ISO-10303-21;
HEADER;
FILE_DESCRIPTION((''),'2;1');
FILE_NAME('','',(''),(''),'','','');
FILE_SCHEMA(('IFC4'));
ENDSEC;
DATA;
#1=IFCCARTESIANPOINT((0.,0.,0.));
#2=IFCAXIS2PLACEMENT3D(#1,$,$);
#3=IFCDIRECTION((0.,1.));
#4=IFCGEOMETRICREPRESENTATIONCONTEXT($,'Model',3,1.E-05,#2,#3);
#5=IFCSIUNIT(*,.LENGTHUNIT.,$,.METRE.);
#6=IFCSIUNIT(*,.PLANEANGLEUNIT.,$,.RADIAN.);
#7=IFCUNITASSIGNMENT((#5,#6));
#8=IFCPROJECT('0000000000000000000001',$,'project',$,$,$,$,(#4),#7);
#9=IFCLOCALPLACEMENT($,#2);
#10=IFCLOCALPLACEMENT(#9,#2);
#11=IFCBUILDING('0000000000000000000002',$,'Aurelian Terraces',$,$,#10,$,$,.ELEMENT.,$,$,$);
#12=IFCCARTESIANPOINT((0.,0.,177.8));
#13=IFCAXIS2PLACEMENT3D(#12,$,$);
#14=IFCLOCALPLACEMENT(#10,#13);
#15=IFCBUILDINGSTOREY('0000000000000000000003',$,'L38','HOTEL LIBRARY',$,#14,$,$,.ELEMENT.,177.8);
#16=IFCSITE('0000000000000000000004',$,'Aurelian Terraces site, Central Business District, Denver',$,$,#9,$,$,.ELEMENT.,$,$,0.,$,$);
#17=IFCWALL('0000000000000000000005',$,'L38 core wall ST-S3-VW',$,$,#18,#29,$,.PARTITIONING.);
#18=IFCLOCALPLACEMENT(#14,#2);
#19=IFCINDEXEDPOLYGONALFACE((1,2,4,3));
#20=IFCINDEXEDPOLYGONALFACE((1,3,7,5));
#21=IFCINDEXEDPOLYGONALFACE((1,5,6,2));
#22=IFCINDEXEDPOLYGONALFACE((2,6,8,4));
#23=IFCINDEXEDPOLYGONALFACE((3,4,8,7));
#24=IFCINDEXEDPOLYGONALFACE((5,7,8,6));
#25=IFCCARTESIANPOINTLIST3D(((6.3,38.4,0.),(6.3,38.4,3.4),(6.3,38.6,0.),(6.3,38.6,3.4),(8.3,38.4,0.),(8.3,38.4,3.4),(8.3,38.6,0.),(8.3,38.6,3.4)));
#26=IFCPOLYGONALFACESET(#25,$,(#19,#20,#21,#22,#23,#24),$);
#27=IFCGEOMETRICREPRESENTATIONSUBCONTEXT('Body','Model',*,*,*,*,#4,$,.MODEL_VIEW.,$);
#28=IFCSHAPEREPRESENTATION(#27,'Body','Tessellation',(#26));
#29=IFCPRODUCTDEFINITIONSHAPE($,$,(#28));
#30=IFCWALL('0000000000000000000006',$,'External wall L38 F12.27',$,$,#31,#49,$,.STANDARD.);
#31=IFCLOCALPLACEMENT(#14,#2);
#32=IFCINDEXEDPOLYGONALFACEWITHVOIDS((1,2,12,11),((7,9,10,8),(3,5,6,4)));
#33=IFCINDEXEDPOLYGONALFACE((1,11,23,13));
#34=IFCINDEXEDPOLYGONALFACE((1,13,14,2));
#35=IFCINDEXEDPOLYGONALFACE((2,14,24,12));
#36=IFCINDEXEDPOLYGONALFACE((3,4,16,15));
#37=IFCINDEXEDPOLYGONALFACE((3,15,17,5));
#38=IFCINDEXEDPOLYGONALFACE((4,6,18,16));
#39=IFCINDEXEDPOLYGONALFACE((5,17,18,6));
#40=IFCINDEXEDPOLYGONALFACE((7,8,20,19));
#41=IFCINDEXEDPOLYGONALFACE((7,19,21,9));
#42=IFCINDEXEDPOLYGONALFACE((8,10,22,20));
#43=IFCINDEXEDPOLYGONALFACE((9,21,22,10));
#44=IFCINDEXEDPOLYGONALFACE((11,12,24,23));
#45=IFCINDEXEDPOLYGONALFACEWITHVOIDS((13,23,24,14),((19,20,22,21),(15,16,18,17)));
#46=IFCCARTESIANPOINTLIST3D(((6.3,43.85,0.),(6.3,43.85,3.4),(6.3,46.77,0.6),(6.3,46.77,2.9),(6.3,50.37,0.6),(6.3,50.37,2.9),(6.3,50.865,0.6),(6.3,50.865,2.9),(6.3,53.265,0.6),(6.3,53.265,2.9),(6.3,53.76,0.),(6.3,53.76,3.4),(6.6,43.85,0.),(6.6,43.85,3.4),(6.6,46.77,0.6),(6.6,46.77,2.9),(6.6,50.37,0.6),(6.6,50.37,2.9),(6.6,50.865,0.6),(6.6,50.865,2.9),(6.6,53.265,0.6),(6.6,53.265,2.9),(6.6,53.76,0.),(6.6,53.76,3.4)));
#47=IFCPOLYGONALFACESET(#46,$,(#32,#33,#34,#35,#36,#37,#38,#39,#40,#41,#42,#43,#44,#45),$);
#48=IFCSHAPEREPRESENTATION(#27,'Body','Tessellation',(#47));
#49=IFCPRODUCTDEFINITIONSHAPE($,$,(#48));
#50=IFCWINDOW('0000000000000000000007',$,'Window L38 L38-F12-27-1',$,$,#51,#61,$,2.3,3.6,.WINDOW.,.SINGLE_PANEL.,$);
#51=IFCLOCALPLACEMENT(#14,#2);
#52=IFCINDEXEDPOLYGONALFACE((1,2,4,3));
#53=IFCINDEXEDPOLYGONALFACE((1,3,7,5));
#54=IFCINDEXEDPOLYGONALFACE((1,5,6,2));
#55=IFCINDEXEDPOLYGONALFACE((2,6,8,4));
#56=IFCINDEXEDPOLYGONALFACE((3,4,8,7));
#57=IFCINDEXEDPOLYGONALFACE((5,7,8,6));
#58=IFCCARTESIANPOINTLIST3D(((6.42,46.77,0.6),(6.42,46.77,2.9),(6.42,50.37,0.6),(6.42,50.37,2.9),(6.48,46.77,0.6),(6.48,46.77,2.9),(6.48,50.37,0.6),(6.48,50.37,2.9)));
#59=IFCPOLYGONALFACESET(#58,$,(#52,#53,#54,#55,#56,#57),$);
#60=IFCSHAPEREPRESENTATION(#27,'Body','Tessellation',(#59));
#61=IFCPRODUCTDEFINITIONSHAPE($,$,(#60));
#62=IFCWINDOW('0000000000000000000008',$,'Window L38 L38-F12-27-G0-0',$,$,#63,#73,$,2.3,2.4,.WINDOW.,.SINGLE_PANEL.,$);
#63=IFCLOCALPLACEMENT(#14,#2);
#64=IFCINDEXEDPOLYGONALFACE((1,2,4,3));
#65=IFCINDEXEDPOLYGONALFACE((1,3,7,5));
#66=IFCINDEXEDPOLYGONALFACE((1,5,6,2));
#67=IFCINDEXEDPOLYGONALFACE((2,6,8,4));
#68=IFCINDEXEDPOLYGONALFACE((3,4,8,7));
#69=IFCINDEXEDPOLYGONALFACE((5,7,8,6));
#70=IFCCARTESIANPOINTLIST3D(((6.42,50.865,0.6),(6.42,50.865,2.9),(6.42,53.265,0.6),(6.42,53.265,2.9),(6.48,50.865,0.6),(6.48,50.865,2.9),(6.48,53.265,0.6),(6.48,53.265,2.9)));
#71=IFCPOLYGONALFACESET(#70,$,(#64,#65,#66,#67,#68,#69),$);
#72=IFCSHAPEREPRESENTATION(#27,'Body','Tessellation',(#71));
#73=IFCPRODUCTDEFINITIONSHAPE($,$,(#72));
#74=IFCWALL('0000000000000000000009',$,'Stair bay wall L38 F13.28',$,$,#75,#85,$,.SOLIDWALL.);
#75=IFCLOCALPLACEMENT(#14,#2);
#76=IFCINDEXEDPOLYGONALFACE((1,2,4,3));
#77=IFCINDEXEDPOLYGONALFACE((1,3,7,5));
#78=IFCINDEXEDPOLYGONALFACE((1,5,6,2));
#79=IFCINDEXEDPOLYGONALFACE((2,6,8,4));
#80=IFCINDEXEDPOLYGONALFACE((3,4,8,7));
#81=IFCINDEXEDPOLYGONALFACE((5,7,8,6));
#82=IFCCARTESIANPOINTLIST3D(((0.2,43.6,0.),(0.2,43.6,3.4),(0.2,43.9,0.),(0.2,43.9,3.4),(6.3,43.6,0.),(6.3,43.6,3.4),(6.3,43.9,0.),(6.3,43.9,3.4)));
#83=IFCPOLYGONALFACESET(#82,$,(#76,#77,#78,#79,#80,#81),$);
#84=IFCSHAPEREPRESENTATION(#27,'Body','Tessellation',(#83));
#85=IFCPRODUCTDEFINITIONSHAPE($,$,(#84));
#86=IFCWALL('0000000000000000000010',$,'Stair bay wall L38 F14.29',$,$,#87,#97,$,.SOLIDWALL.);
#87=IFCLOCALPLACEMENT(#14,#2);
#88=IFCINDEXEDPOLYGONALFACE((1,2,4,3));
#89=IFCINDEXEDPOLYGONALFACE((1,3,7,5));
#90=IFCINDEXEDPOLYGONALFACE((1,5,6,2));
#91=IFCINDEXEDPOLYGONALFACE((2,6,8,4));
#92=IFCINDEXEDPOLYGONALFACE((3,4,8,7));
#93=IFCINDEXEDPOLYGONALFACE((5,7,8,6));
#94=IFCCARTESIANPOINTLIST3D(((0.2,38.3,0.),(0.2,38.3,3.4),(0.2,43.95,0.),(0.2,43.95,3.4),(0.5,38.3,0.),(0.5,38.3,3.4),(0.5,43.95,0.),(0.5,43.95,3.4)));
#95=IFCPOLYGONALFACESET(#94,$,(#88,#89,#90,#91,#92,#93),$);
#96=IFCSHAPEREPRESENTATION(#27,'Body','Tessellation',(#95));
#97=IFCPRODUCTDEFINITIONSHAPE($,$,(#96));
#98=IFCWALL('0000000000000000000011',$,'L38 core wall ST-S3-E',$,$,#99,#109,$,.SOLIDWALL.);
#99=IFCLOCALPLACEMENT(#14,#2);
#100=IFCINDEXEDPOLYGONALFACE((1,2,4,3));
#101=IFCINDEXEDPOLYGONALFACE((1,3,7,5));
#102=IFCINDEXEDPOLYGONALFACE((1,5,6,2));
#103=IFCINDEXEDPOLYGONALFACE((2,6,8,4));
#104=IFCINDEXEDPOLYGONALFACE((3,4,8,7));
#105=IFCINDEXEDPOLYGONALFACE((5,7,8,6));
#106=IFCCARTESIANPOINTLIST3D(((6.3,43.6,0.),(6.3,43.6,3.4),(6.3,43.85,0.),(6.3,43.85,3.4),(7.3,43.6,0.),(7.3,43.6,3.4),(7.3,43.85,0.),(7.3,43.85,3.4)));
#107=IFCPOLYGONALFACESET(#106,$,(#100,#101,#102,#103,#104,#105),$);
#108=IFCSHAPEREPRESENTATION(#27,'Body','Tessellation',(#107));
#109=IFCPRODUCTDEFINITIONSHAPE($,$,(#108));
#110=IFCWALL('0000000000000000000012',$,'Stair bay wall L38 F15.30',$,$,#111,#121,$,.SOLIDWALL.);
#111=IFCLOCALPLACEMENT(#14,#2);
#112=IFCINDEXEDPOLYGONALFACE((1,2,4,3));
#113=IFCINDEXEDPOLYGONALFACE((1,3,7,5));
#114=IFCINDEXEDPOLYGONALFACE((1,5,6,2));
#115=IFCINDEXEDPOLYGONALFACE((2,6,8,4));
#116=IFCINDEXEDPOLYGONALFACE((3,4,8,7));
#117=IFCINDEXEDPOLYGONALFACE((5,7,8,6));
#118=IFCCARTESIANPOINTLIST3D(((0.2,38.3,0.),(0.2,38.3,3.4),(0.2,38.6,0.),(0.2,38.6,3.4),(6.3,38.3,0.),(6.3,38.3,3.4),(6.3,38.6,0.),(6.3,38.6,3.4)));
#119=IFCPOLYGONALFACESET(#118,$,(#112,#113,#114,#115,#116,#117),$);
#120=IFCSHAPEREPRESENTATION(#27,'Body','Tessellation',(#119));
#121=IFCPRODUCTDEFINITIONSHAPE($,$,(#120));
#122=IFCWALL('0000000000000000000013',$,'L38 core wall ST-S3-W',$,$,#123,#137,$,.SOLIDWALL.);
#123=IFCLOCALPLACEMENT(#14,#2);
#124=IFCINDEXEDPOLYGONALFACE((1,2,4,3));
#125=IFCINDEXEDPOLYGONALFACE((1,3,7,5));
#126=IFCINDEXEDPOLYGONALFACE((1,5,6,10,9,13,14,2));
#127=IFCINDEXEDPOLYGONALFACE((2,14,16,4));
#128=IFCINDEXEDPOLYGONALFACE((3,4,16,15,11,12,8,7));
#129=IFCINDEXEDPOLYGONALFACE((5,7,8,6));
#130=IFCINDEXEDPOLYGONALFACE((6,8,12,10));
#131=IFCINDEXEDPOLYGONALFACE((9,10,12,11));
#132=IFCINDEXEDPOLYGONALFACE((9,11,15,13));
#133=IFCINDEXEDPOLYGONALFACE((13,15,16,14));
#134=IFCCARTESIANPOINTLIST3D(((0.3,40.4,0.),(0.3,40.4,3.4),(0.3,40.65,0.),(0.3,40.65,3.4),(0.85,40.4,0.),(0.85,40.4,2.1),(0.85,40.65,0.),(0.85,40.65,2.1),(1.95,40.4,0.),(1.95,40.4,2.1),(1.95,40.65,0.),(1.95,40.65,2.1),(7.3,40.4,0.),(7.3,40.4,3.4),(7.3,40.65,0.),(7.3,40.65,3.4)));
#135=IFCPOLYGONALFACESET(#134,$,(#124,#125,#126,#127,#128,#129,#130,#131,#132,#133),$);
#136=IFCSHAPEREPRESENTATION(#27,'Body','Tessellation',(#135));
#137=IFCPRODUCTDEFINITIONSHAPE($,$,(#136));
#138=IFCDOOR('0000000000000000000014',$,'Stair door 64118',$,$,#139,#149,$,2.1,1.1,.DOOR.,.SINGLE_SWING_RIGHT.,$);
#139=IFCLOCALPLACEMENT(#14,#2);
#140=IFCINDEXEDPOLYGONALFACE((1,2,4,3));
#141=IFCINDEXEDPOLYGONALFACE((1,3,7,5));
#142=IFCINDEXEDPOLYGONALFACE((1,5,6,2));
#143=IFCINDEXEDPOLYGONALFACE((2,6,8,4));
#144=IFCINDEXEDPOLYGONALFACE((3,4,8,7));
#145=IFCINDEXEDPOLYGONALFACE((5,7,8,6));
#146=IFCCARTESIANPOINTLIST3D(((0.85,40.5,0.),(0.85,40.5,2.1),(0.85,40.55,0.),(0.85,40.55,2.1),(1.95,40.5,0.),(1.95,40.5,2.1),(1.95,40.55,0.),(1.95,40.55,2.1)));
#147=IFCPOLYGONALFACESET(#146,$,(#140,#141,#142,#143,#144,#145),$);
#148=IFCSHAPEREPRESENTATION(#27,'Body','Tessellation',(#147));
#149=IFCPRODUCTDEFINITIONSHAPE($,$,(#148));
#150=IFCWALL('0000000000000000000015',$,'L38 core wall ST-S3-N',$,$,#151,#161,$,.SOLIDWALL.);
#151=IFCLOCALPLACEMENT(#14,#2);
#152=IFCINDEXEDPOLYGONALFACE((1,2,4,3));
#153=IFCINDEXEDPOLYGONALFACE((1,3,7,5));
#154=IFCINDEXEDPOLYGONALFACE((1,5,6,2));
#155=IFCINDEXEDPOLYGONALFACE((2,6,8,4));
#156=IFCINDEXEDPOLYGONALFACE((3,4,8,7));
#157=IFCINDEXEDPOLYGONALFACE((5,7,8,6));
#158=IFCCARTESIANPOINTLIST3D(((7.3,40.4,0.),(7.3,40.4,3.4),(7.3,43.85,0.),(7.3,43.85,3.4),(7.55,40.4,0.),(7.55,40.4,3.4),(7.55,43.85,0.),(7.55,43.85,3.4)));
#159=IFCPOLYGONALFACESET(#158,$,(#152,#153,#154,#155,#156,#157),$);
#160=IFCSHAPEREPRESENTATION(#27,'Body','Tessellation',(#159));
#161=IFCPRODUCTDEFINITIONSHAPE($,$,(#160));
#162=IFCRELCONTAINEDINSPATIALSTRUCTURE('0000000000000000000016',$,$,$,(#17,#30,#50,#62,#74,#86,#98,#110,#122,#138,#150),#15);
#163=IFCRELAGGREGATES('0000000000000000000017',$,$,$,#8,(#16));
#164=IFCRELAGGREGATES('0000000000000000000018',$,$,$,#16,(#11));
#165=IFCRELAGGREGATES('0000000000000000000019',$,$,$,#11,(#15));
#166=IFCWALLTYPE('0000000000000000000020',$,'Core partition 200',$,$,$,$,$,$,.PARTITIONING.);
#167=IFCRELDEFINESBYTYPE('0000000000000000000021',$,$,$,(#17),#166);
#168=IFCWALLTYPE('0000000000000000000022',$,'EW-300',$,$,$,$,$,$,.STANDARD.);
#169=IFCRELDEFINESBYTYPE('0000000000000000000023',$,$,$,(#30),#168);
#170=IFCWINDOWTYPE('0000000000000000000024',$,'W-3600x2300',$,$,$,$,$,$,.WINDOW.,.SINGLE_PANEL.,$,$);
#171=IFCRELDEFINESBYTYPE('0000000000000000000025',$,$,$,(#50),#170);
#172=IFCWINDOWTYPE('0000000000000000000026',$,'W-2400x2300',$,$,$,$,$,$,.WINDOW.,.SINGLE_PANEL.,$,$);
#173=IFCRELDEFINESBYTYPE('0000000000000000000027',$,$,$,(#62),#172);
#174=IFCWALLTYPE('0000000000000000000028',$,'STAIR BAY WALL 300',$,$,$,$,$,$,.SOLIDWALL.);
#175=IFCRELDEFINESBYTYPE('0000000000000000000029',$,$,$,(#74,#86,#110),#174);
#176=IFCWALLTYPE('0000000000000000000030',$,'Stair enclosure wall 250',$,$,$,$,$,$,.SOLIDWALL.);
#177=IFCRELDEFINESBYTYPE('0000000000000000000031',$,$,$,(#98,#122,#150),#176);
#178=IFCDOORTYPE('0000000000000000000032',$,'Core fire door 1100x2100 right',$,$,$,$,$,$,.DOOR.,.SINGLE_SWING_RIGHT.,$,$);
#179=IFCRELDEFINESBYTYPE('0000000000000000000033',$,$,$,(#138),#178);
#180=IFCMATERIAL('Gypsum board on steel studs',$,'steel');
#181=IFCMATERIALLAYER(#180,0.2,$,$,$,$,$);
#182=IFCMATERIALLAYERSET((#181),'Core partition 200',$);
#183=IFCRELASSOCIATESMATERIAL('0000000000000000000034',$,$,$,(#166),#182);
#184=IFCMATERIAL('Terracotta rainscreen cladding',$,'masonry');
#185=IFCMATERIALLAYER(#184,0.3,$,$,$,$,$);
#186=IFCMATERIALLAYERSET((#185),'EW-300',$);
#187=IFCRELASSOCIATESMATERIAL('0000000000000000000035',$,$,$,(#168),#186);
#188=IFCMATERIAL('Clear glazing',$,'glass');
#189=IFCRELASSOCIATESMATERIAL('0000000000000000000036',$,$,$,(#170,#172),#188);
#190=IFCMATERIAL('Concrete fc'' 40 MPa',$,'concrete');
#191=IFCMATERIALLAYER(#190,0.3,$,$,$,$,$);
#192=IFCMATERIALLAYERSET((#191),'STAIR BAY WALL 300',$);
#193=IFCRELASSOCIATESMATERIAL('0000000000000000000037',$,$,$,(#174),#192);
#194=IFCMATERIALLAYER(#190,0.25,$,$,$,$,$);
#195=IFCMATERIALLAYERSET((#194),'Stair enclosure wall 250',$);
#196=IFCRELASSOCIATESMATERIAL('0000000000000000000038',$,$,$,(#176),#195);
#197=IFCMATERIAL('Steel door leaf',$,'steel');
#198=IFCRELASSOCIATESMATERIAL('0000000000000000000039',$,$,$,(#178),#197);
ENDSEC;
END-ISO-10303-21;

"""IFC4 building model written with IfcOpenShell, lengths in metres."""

from ifc_helpers import new_model, si_unit, direction, frame, frame_2d, origin, place, context, subcontext, project, spatial, rectangle, extrude, source, transform, mapped, material, layer, layer_set, type_object, element, fill, save


model = new_model("IFC4")

# Units and contexts
model_context = context("Model", 3, precision=1e-05, world=origin(), true_north=direction((0.0, 1.0)))
body_context = subcontext(model_context, "Body", "Model", "MODEL_VIEW")
ifc_project = project(units=[si_unit("LENGTHUNIT", "METRE"), si_unit("PLANEANGLEUNIT", "RADIAN")], contexts=[model_context])

# Site, building, storey
site_placement = place(None, origin())
site = spatial("IfcSite", under=ifc_project, at=site_placement, Name="Aurelian Terraces site, Central Business District, Denver", CompositionType="ELEMENT", RefElevation=0.0)
building_placement = place(site_placement, origin())
building = spatial("IfcBuilding", under=site, at=building_placement, Name="Aurelian Terraces", CompositionType="ELEMENT")
storey_placement = place(building_placement, frame((0.0, 0.0, 177.8)))
storey = spatial("IfcBuildingStorey", under=building, at=storey_placement, Name="L38", Description="HOTEL LIBRARY", CompositionType="ELEMENT", Elevation=177.8)

# Wall
ifc_material_1 = material(Name="Gypsum board on steel studs", Category="steel")
ifc_layer_1 = layer(ifc_material_1, 0.2)
ifc_layer_set_1 = layer_set([ifc_layer_1], Name="Core partition 200")
wall_type_1 = type_object("IfcWallType", Name="Core partition 200", PredefinedType="PARTITIONING", material=ifc_layer_set_1)
wall_1_placement = place(storey_placement, frame((6.3, 38.5, 0.0), z_axis=(0.0, 0.0, 1.0), x_axis=(1.0, 0.0, 0.0)))
element("IfcWall", 1, at=wall_1_placement, inside=storey, type_object=wall_type_1, Name="L38 core wall ST-S3-VW", PredefinedType="PARTITIONING", context=body_context, shape_type="SweptSolid", body=[
    extrude(rectangle(XDim=2.0, YDim=0.2, at=frame_2d((1.0, 0.0))), origin(), (0.0, 0.0, 1.0), 3.4),
])

# Wall, openings, windows
ifc_material_2 = material(Name="Terracotta rainscreen cladding", Category="masonry")
ifc_layer_2 = layer(ifc_material_2, 0.3)
ifc_layer_set_2 = layer_set([ifc_layer_2], Name="EW-300")
wall_type_2 = type_object("IfcWallType", Name="EW-300", PredefinedType="STANDARD", material=ifc_layer_set_2)
wall_2_placement = place(storey_placement, frame((6.45, 53.76, 0.0), z_axis=(0.0, 0.0, 1.0), x_axis=(0.0, -1.0, 0.0)))
wall_2 = element("IfcWall", 2, at=wall_2_placement, inside=storey, type_object=wall_type_2, Name="External wall L38 F12.27", PredefinedType="STANDARD", context=body_context, shape_type="SweptSolid", body=[
    extrude(rectangle(XDim=9.91, YDim=0.3, at=frame_2d((4.955, 0.0))), origin(), (0.0, 0.0, 1.0), 3.4),
])
shared_shape_1 = source(origin(), body_context, "Body", "SweptSolid", [
    extrude(rectangle(XDim=3.6, YDim=2.3, at=frame_2d((1.8, 1.15))), frame((0.0, 0.16, 0.0), z_axis=(0.0, -1.0, 0.0), x_axis=(1.0, 0.0, 0.0)), (0.0, 0.0, 1.0), 0.32),
])
opening_1_placement = place(wall_2_placement, frame((3.39, 0.0, 0.6)))
opening_1 = element("IfcOpeningElement", 3, at=opening_1_placement, cuts=wall_2, PredefinedType="OPENING", context=body_context, shape_type="MappedRepresentation", body=[
    mapped(shared_shape_1, transform((0.0, 0.0, 0.0), scale=1.0)),
])
shared_shape_2 = source(origin(), body_context, "Body", "SweptSolid", [
    extrude(rectangle(XDim=2.4, YDim=2.3, at=frame_2d((1.2, 1.15))), frame((0.0, 0.16, 0.0), z_axis=(0.0, -1.0, 0.0), x_axis=(1.0, 0.0, 0.0)), (0.0, 0.0, 1.0), 0.32),
])
opening_2_placement = place(wall_2_placement, frame((0.495, 0.0, 0.6)))
opening_2 = element("IfcOpeningElement", 4, at=opening_2_placement, cuts=wall_2, PredefinedType="OPENING", context=body_context, shape_type="MappedRepresentation", body=[
    mapped(shared_shape_2, transform((0.0, 0.0, 0.0), scale=1.0)),
])
ifc_material_3 = material(Name="Clear glazing", Category="glass")
window_type_1 = type_object("IfcWindowType", Name="W-3600x2300", PartitioningType="SINGLE_PANEL", PredefinedType="WINDOW", material=ifc_material_3)
shared_shape_3 = source(origin(), body_context, "Body", "SweptSolid", [
    extrude(rectangle(XDim=3.6, YDim=2.3, at=frame_2d((1.8, 1.15))), frame((0.0, 0.03, 0.0), z_axis=(0.0, -1.0, 0.0), x_axis=(1.0, 0.0, 0.0)), (0.0, 0.0, 1.0), 0.06),
])
window_1_placement = place(opening_1_placement, origin())
window_1 = element("IfcWindow", 5, at=window_1_placement, inside=storey, type_object=window_type_1, Name="Window L38 L38-F12-27-1", OverallHeight=2.3, OverallWidth=3.6, PartitioningType="SINGLE_PANEL", PredefinedType="WINDOW", context=body_context, shape_type="MappedRepresentation", body=[
    mapped(shared_shape_3, transform((0.0, 0.0, 0.0), scale=1.0)),
])
fill(opening_1, window_1)
window_type_2 = type_object("IfcWindowType", Name="W-2400x2300", PartitioningType="SINGLE_PANEL", PredefinedType="WINDOW", material=ifc_material_3)
shared_shape_4 = source(origin(), body_context, "Body", "SweptSolid", [
    extrude(rectangle(XDim=2.4, YDim=2.3, at=frame_2d((1.2, 1.15))), frame((0.0, 0.03, 0.0), z_axis=(0.0, -1.0, 0.0), x_axis=(1.0, 0.0, 0.0)), (0.0, 0.0, 1.0), 0.06),
])
window_2_placement = place(opening_2_placement, origin())
window_2 = element("IfcWindow", 6, at=window_2_placement, inside=storey, type_object=window_type_2, Name="Window L38 L38-F12-27-G0-0", OverallHeight=2.3, OverallWidth=2.4, PartitioningType="SINGLE_PANEL", PredefinedType="WINDOW", context=body_context, shape_type="MappedRepresentation", body=[
    mapped(shared_shape_4, transform((0.0, 0.0, 0.0), scale=1.0)),
])
fill(opening_2, window_2)

# Walls
ifc_material_4 = material(Name="Concrete fc' 40 MPa", Category="concrete")
ifc_layer_3 = layer(ifc_material_4, 0.3)
ifc_layer_set_3 = layer_set([ifc_layer_3], Name="STAIR BAY WALL 300")
wall_type_3 = type_object("IfcWallType", Name="STAIR BAY WALL 300", PredefinedType="SOLIDWALL", material=ifc_layer_set_3)
wall_3_placement = place(storey_placement, frame((6.3, 43.75, 0.0), z_axis=(0.0, 0.0, 1.0), x_axis=(-1.0, 0.0, 0.0)))
element("IfcWall", 7, at=wall_3_placement, inside=storey, type_object=wall_type_3, Name="Stair bay wall L38 F13.28", PredefinedType="SOLIDWALL", context=body_context, shape_type="SweptSolid", body=[
    extrude(rectangle(XDim=6.1, YDim=0.3, at=frame_2d((3.05, 0.0))), origin(), (0.0, 0.0, 1.0), 3.4),
])
wall_4_placement = place(storey_placement, frame((0.35, 43.95, 0.0), z_axis=(0.0, 0.0, 1.0), x_axis=(0.0, -1.0, 0.0)))
element("IfcWall", 8, at=wall_4_placement, inside=storey, type_object=wall_type_3, Name="Stair bay wall L38 F14.29", PredefinedType="SOLIDWALL", context=body_context, shape_type="SweptSolid", body=[
    extrude(rectangle(XDim=5.65, YDim=0.3, at=frame_2d((2.825, 0.0))), origin(), (0.0, 0.0, 1.0), 3.4),
])
ifc_layer_4 = layer(ifc_material_4, 0.25)
ifc_layer_set_4 = layer_set([ifc_layer_4], Name="Stair enclosure wall 250")
wall_type_4 = type_object("IfcWallType", Name="Stair enclosure wall 250", PredefinedType="SOLIDWALL", material=ifc_layer_set_4)
wall_5_placement = place(storey_placement, frame((6.3, 43.725, 0.0), z_axis=(0.0, 0.0, 1.0), x_axis=(1.0, 0.0, 0.0)))
element("IfcWall", 9, at=wall_5_placement, inside=storey, type_object=wall_type_4, Name="L38 core wall ST-S3-E", PredefinedType="SOLIDWALL", context=body_context, shape_type="SweptSolid", body=[
    extrude(rectangle(XDim=1.0, YDim=0.25, at=frame_2d((0.5, 0.0))), origin(), (0.0, 0.0, 1.0), 3.4),
])
shared_shape_5 = source(origin(), body_context, "Body", "SweptSolid", [
    extrude(rectangle(XDim=6.1, YDim=0.3, at=frame_2d((3.05, 0.0))), origin(), (0.0, 0.0, 1.0), 3.4),
])
wall_6_placement = place(storey_placement, frame((0.2, 38.45, 0.0), z_axis=(0.0, 0.0, 1.0), x_axis=(1.0, 0.0, 0.0)))
element("IfcWall", 10, at=wall_6_placement, inside=storey, type_object=wall_type_3, Name="Stair bay wall L38 F15.30", PredefinedType="SOLIDWALL", context=body_context, shape_type="MappedRepresentation", body=[
    mapped(shared_shape_5, transform((0.0, 0.0, 0.0), scale=1.0)),
])

# Wall, opening, door
shared_shape_6 = source(origin(), body_context, "Body", "SweptSolid", [
    extrude(rectangle(XDim=7.0, YDim=0.25, at=frame_2d((3.5, 0.0))), origin(), (0.0, 0.0, 1.0), 3.4),
])
wall_7_placement = place(storey_placement, frame((0.3, 40.525, 0.0), z_axis=(0.0, 0.0, 1.0), x_axis=(1.0, 0.0, 0.0)))
wall_7 = element("IfcWall", 11, at=wall_7_placement, inside=storey, type_object=wall_type_4, Name="L38 core wall ST-S3-W", PredefinedType="SOLIDWALL", context=body_context, shape_type="MappedRepresentation", body=[
    mapped(shared_shape_6, transform((0.0, 0.0, 0.0), scale=1.0)),
])
shared_shape_7 = source(origin(), body_context, "Body", "SweptSolid", [
    extrude(rectangle(XDim=1.1, YDim=2.1, at=frame_2d((0.55, 1.05))), frame((0.0, 0.135, 0.0), z_axis=(0.0, -1.0, 0.0), x_axis=(1.0, 0.0, 0.0)), (0.0, 0.0, 1.0), 0.27),
])
opening_3_placement = place(wall_7_placement, frame((0.55, 0.0, 0.0)))
opening_3 = element("IfcOpeningElement", 12, at=opening_3_placement, cuts=wall_7, PredefinedType="OPENING", context=body_context, shape_type="MappedRepresentation", body=[
    mapped(shared_shape_7, transform((0.0, 0.0, 0.0), scale=1.0)),
])
ifc_material_5 = material(Name="Steel door leaf", Category="steel")
door_type = type_object("IfcDoorType", Name="Core fire door 1100x2100 right", OperationType="SINGLE_SWING_RIGHT", PredefinedType="DOOR", material=ifc_material_5)
shared_shape_8 = source(origin(), body_context, "Body", "SweptSolid", [
    extrude(rectangle(XDim=1.1, YDim=2.1, at=frame_2d((0.55, 1.05))), frame((0.0, 0.025, 0.0), z_axis=(0.0, -1.0, 0.0), x_axis=(1.0, 0.0, 0.0)), (0.0, 0.0, 1.0), 0.05),
])
door_placement = place(opening_3_placement, origin())
door = element("IfcDoor", 13, at=door_placement, inside=storey, type_object=door_type, Name="Stair door 64118", OperationType="SINGLE_SWING_RIGHT", OverallHeight=2.1, OverallWidth=1.1, PredefinedType="DOOR", context=body_context, shape_type="MappedRepresentation", body=[
    mapped(shared_shape_8, transform((0.0, 0.0, 0.0), scale=1.0)),
])
fill(opening_3, door)

# Wall
shared_shape_9 = source(origin(), body_context, "Body", "SweptSolid", [
    extrude(rectangle(XDim=3.45, YDim=0.25, at=frame_2d((1.725, 0.0))), origin(), (0.0, 0.0, 1.0), 3.4),
])
wall_8_placement = place(storey_placement, frame((7.425, 40.4, 0.0), z_axis=(0.0, 0.0, 1.0), x_axis=(0.0, 1.0, 0.0)))
element("IfcWall", 14, at=wall_8_placement, inside=storey, type_object=wall_type_4, Name="L38 core wall ST-S3-N", PredefinedType="SOLIDWALL", context=body_context, shape_type="MappedRepresentation", body=[
    mapped(shared_shape_9, transform((0.0, 0.0, 0.0), scale=1.0)),
])

save(model, "model.ifc")
